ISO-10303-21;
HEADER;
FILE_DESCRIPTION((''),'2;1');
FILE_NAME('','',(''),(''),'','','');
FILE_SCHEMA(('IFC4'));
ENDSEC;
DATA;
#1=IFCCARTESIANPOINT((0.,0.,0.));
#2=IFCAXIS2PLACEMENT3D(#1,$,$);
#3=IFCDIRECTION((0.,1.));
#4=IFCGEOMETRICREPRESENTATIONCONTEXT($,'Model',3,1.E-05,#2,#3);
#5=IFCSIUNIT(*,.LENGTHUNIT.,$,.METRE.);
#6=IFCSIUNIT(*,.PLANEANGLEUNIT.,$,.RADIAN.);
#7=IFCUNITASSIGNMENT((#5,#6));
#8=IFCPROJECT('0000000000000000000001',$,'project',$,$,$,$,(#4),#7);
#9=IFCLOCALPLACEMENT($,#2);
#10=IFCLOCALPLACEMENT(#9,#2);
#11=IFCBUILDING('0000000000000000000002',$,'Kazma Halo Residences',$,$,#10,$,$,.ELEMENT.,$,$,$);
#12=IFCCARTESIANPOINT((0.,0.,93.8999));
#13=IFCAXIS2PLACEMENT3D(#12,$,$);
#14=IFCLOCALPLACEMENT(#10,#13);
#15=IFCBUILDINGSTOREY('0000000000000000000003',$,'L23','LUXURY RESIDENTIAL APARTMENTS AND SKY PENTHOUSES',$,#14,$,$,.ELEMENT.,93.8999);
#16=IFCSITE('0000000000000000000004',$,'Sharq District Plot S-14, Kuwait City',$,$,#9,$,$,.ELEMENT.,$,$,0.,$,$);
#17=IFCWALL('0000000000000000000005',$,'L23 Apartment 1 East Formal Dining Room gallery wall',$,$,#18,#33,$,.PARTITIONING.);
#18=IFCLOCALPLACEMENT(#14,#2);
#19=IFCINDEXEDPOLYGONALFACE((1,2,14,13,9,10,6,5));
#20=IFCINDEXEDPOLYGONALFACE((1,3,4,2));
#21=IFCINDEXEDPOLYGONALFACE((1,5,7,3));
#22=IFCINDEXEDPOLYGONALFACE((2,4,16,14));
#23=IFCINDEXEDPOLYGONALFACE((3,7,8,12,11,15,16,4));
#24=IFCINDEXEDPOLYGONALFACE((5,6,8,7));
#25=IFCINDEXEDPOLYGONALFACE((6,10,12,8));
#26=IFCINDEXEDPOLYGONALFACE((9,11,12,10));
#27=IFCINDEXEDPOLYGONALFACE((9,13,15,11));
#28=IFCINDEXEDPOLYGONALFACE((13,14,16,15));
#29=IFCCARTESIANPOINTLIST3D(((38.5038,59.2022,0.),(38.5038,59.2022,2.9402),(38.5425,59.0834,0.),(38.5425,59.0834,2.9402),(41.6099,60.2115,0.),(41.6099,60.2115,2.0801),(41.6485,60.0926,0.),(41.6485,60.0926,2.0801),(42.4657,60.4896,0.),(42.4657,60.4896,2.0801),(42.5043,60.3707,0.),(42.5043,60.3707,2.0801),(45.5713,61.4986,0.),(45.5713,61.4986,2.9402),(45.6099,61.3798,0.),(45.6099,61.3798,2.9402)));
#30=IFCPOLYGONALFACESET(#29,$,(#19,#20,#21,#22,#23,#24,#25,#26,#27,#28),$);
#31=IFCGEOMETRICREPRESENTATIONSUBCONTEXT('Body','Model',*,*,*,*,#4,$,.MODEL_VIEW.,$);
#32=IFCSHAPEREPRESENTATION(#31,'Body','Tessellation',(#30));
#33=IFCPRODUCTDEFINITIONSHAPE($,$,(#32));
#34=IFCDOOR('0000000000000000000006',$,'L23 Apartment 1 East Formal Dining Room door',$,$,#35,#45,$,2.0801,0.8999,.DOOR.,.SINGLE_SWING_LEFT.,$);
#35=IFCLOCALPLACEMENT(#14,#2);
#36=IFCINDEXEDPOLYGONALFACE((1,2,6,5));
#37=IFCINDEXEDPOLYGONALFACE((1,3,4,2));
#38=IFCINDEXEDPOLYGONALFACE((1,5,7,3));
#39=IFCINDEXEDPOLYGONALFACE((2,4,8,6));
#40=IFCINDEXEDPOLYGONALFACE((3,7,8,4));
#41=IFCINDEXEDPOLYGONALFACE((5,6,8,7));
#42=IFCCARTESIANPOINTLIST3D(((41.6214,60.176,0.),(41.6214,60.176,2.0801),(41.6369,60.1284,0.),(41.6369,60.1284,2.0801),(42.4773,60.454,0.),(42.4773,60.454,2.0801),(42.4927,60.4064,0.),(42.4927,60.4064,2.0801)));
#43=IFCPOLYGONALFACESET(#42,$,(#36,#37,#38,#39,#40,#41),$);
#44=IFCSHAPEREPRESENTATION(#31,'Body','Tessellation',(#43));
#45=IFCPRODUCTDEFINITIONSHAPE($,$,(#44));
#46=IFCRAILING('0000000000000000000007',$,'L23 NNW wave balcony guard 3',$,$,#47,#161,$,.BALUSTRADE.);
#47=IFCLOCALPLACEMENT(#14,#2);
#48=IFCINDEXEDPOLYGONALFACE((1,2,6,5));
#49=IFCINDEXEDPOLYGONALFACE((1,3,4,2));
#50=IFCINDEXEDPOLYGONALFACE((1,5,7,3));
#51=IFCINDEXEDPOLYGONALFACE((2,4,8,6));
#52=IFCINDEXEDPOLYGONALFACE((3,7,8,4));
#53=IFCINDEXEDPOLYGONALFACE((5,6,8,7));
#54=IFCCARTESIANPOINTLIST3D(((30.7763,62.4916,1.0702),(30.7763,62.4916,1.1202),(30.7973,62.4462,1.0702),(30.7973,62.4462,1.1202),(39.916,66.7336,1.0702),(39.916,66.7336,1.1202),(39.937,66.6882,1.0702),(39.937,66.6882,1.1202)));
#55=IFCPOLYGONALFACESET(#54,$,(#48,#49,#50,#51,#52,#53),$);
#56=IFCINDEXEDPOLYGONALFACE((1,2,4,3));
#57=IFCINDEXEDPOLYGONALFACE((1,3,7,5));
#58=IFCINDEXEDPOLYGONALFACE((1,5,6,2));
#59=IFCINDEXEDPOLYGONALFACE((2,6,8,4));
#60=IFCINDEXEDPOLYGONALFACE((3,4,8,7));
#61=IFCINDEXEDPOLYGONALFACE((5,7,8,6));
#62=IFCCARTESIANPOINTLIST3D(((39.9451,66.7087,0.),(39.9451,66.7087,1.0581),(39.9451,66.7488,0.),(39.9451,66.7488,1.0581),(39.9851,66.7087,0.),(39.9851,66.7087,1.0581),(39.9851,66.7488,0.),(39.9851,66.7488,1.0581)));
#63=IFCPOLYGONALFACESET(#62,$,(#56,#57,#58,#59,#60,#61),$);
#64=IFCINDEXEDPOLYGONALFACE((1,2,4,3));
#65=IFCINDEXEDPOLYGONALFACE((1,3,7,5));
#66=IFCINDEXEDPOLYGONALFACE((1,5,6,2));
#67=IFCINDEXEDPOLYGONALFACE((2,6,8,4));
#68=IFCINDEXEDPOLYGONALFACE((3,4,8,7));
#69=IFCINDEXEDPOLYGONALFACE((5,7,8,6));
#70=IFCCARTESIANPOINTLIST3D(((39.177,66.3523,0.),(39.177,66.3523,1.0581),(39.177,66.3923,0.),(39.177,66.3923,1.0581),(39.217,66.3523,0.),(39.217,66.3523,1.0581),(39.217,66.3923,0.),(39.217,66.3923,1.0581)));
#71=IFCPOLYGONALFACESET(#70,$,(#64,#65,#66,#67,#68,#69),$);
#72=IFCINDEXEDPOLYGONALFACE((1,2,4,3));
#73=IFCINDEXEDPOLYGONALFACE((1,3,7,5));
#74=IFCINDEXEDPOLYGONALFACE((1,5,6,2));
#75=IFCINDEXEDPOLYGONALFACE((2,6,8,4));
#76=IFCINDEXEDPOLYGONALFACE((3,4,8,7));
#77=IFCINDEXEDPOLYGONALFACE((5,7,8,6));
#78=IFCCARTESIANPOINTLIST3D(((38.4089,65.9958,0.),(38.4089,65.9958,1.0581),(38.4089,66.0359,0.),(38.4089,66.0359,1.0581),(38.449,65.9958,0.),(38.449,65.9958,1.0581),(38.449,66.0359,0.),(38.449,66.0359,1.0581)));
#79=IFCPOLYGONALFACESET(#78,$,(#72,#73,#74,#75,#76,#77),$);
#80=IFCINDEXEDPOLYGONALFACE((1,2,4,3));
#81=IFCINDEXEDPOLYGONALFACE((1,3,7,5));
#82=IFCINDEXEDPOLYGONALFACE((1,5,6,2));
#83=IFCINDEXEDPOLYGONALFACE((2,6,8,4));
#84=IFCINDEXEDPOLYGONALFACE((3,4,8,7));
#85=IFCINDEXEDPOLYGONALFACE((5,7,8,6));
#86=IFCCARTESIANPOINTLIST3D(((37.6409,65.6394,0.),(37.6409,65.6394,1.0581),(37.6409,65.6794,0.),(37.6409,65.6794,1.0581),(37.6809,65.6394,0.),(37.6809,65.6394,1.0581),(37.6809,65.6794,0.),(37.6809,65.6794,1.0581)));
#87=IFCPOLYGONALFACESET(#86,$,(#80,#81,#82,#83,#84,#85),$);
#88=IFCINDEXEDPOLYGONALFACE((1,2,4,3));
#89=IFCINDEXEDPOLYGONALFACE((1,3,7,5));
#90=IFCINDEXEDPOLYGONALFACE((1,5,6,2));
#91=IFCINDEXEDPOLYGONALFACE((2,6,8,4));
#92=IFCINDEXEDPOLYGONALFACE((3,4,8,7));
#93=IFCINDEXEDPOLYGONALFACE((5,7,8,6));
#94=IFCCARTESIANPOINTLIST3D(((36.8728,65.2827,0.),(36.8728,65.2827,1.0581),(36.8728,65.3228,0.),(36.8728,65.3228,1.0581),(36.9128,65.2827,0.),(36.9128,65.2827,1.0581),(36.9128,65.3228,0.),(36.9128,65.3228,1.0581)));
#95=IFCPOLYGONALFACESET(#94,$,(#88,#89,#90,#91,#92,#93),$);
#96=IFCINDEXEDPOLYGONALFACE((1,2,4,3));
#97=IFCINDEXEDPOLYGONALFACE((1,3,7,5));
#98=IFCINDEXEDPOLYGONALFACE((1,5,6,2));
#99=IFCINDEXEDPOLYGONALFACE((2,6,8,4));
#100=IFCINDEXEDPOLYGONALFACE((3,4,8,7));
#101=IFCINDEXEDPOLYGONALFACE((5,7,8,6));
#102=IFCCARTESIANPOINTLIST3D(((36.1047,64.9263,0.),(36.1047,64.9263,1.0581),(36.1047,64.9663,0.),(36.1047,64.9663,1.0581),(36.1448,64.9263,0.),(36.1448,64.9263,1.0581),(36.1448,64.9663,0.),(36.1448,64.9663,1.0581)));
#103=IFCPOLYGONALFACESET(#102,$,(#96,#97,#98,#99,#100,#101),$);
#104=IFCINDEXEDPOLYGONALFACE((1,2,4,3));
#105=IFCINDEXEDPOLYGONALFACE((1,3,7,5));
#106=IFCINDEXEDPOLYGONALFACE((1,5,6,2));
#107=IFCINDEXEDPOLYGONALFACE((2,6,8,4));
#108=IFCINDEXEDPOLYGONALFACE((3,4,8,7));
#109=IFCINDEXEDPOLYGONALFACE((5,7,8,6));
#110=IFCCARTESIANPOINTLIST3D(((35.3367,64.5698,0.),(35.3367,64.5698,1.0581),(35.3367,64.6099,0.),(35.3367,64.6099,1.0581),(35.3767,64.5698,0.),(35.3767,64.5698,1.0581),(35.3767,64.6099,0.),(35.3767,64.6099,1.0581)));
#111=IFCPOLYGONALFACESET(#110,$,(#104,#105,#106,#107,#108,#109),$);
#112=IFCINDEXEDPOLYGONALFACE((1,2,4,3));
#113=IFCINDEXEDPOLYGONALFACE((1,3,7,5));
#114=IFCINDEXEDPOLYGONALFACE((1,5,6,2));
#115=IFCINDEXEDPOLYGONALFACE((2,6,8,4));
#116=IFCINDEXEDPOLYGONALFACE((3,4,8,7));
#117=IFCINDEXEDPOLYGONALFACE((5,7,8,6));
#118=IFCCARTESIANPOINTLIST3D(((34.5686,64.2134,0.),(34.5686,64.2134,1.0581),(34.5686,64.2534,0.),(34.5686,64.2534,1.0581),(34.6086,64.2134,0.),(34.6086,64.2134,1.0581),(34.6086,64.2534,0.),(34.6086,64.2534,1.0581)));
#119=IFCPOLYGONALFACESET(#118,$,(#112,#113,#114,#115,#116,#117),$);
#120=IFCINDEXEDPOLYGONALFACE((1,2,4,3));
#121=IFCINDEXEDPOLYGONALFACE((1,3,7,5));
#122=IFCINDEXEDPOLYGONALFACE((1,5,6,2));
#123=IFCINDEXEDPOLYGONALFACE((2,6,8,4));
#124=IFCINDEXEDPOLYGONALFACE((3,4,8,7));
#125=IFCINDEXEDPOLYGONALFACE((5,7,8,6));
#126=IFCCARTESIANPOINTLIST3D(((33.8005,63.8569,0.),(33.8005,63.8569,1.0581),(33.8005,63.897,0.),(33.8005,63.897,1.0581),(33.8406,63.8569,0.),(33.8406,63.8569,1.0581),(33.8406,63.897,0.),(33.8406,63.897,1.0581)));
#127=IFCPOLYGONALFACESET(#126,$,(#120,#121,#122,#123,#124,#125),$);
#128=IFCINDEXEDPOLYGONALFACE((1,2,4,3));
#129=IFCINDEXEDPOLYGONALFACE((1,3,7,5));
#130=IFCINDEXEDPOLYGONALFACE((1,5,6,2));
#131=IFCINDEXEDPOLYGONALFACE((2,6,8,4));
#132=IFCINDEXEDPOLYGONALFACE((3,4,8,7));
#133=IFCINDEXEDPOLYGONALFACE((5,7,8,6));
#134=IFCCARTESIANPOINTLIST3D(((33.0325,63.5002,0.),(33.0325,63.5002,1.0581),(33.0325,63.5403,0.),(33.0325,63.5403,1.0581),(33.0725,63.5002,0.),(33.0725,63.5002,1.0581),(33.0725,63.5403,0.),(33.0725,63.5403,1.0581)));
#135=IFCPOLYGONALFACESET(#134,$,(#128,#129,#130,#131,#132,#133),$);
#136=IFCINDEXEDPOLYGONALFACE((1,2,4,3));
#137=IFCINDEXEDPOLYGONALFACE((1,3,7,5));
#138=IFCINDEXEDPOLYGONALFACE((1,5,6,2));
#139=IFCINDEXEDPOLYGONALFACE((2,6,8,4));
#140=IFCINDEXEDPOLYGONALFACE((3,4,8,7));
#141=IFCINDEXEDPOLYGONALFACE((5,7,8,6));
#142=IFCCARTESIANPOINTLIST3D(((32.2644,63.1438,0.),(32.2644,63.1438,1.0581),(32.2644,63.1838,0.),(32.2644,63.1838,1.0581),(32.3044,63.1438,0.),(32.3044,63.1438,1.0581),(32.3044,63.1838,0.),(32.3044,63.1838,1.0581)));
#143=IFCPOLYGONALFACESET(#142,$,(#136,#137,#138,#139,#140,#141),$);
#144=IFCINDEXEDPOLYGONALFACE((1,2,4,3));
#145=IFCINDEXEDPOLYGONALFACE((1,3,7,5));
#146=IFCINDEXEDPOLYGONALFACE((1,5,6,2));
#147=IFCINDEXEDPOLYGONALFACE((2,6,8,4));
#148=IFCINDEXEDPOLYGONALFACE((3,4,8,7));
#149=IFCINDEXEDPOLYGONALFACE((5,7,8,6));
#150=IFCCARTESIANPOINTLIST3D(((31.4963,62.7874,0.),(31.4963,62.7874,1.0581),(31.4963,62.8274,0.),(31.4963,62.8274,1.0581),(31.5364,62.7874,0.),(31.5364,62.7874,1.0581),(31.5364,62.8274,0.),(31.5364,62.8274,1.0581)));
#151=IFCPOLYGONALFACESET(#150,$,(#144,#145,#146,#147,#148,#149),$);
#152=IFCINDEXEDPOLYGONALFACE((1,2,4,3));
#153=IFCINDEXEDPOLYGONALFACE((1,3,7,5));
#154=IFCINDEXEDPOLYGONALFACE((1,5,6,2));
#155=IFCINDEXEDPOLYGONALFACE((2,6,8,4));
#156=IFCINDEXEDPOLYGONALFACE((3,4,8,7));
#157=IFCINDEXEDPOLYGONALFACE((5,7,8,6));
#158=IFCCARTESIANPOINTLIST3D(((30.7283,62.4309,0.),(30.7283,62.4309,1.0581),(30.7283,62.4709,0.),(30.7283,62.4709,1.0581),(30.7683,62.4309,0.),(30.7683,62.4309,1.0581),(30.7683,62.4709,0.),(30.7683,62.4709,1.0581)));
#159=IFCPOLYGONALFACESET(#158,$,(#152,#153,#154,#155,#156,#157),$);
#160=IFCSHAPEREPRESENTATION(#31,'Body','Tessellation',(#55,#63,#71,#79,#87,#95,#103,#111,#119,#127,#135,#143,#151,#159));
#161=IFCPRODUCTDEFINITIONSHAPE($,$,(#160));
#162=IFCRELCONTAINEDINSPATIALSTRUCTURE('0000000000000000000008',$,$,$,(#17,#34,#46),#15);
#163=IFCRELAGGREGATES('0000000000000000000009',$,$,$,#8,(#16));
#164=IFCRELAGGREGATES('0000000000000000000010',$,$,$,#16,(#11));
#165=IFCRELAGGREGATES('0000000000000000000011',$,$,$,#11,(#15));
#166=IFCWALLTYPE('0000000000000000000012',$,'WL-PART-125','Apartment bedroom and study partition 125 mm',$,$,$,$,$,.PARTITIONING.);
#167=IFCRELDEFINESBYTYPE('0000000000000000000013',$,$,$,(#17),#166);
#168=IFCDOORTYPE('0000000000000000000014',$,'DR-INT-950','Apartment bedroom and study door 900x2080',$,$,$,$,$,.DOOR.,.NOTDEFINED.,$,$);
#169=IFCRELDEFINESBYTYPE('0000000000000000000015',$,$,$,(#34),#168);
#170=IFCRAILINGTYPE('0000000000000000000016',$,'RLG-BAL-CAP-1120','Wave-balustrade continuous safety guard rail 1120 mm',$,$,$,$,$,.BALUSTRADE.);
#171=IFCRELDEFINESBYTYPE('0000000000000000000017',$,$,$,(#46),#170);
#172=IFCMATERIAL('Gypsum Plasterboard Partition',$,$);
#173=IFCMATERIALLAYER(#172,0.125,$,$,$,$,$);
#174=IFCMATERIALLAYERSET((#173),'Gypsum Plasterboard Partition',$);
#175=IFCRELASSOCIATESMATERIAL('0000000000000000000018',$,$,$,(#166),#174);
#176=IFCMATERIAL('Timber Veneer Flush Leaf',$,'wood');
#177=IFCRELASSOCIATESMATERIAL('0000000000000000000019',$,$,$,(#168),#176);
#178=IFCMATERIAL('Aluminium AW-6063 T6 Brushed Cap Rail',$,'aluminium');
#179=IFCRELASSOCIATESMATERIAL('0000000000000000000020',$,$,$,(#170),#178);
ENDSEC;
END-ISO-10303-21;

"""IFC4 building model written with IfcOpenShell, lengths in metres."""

from ifc_helpers import new_model, si_unit, direction, frame, frame_2d, origin, origin_2d, place, context, subcontext, project, spatial, rectangle, extrude, material, layer, layer_set, type_object, element, fill, save


model = new_model("IFC4")

# Units and contexts
model_context = context("Model", 3, precision=1e-05, world=origin(), true_north=direction((0.0, 1.0)))
body_context = subcontext(model_context, "Body", "Model", "MODEL_VIEW")
ifc_project = project(units=[si_unit("LENGTHUNIT", "METRE"), si_unit("PLANEANGLEUNIT", "RADIAN")], contexts=[model_context])

# Site, building, storey
site_placement = place(None, origin())
site = spatial("IfcSite", under=ifc_project, at=site_placement, Name="Sharq District Plot S-14, Kuwait City", CompositionType="ELEMENT", RefElevation=0.0)
building_placement = place(site_placement, origin())
building = spatial("IfcBuilding", under=site, at=building_placement, Name="Kazma Halo Residences", CompositionType="ELEMENT")
storey_placement = place(building_placement, frame((0.0, 0.0, 93.8999)))
storey = spatial("IfcBuildingStorey", under=building, at=storey_placement, Name="L23", Description="LUXURY RESIDENTIAL APARTMENTS AND SKY PENTHOUSES", CompositionType="ELEMENT", Elevation=93.8999)

# Shared definitions
ifc_material_1 = material(Name="Gypsum Plasterboard Partition")
ifc_layer_1 = layer(ifc_material_1, 0.125)
ifc_layer_set_1 = layer_set([ifc_layer_1], Name="Gypsum Plasterboard Partition")
wall_type_1 = type_object("IfcWallType", Name="WL-PART-125", Description="Apartment bedroom and study partition 125 mm", PredefinedType="PARTITIONING", material=ifc_layer_set_1)

# Wall, opening, door
wall_1_placement = place(storey_placement, frame((45.5906, 61.4392, 0.0), z_axis=(0.0, 0.0, 1.0), x_axis=(-0.951054, -0.309024, 0.0)))
wall_1 = element("IfcWall", 1, at=wall_1_placement, inside=storey, type_object=wall_type_1, Name="L23 Apartment 1 East Formal Dining Room gallery wall", PredefinedType="PARTITIONING", context=body_context, shape_type="SweptSolid", body=[
    extrude(rectangle(XDim=7.4312, YDim=0.125, at=frame_2d((3.7156, 0.0))), origin(), (0.0, 0.0, 1.0), 2.9402),
])
opening_1_placement = place(wall_1_placement, frame((3.2654, 0.0, 0.0)))
opening_1 = element("IfcOpeningElement", 2, at=opening_1_placement, cuts=wall_1, PredefinedType="OPENING", context=body_context, shape_type="SweptSolid", body=[
    extrude(rectangle(XDim=0.8999, YDim=2.0801, at=frame_2d((0.45, 1.04))), frame((0.0, 0.0725, 0.0), z_axis=(0.0, -1.0, 0.0), x_axis=(1.0, 0.0, 0.0)), (0.0, 0.0, 1.0), 0.145),
])
ifc_material_2 = material(Name="Timber Veneer Flush Leaf", Category="wood")
door_type_1 = type_object("IfcDoorType", Name="DR-INT-950", Description="Apartment bedroom and study door 900x2080", OperationType="NOTDEFINED", PredefinedType="DOOR", material=ifc_material_2)
door_1_placement = place(opening_1_placement, origin())
door_1 = element("IfcDoor", 3, at=door_1_placement, inside=storey, type_object=door_type_1, Name="L23 Apartment 1 East Formal Dining Room door", OperationType="SINGLE_SWING_LEFT", OverallHeight=2.0801, OverallWidth=0.8999, PredefinedType="DOOR", context=body_context, shape_type="SweptSolid", body=[
    extrude(rectangle(XDim=0.8999, YDim=2.0801, at=frame_2d((0.45, 1.04))), frame((0.0, 0.0249, 0.0), z_axis=(0.0, -1.0, 0.0), x_axis=(1.0, 0.0, 0.0)), (0.0, 0.0, 1.0), 0.05),
])
fill(opening_1, door_1)

# Railing
ifc_material_3 = material(Name="Aluminium AW-6063 T6 Brushed Cap Rail", Category="aluminium")
railing_type = type_object("IfcRailingType", Name="RLG-BAL-CAP-1120", Description="Wave-balustrade continuous safety guard rail 1120 mm", PredefinedType="BALUSTRADE", material=ifc_material_3)
railing_placement = place(storey_placement, frame((39.9651, 66.7288, 0.0)))
element("IfcRailing", 4, at=railing_placement, inside=storey, type_object=railing_type, Name="L23 NNW wave balcony guard 3", PredefinedType="BALUSTRADE", context=body_context, shape_type="SweptSolid", body=[
    extrude(rectangle(XDim=0.05, YDim=0.05, at=origin_2d()), frame((-0.0386, -0.0178, 1.0952), z_axis=(-0.907061, -0.420998, 0.0), x_axis=(0.420998, -0.907061, 0.0)), (0.0, 0.0, 1.0), 10.0762),
    extrude(rectangle(XDim=0.04, YDim=0.04, at=origin_2d()), origin(), (0.0, 0.0, 1.0), 1.0581),
    extrude(rectangle(XDim=0.04, YDim=0.04, at=origin_2d()), frame((-0.7681, -0.3564, 0.0)), (0.0, 0.0, 1.0), 1.0581),
    extrude(rectangle(XDim=0.04, YDim=0.04, at=origin_2d()), frame((-1.5361, -0.7129, 0.0)), (0.0, 0.0, 1.0), 1.0581),
    extrude(rectangle(XDim=0.04, YDim=0.04, at=origin_2d()), frame((-2.3042, -1.0693, 0.0)), (0.0, 0.0, 1.0), 1.0581),
    extrude(rectangle(XDim=0.04, YDim=0.04, at=origin_2d()), frame((-3.0723, -1.426, 0.0)), (0.0, 0.0, 1.0), 1.0581),
    extrude(rectangle(XDim=0.04, YDim=0.04, at=origin_2d()), frame((-3.8403, -1.7825, 0.0)), (0.0, 0.0, 1.0), 1.0581),
    extrude(rectangle(XDim=0.04, YDim=0.04, at=origin_2d()), frame((-4.6084, -2.1389, 0.0)), (0.0, 0.0, 1.0), 1.0581),
    extrude(rectangle(XDim=0.04, YDim=0.04, at=origin_2d()), frame((-5.3765, -2.4954, 0.0)), (0.0, 0.0, 1.0), 1.0581),
    extrude(rectangle(XDim=0.04, YDim=0.04, at=origin_2d()), frame((-6.1445, -2.8518, 0.0)), (0.0, 0.0, 1.0), 1.0581),
    extrude(rectangle(XDim=0.04, YDim=0.04, at=origin_2d()), frame((-6.9126, -3.2085, 0.0)), (0.0, 0.0, 1.0), 1.0581),
    extrude(rectangle(XDim=0.04, YDim=0.04, at=origin_2d()), frame((-7.6807, -3.5649, 0.0)), (0.0, 0.0, 1.0), 1.0581),
    extrude(rectangle(XDim=0.04, YDim=0.04, at=origin_2d()), frame((-8.4487, -3.9214, 0.0)), (0.0, 0.0, 1.0), 1.0581),
    extrude(rectangle(XDim=0.04, YDim=0.04, at=origin_2d()), frame((-9.2168, -4.2778, 0.0)), (0.0, 0.0, 1.0), 1.0581),
])

save(model, "model.ifc")
